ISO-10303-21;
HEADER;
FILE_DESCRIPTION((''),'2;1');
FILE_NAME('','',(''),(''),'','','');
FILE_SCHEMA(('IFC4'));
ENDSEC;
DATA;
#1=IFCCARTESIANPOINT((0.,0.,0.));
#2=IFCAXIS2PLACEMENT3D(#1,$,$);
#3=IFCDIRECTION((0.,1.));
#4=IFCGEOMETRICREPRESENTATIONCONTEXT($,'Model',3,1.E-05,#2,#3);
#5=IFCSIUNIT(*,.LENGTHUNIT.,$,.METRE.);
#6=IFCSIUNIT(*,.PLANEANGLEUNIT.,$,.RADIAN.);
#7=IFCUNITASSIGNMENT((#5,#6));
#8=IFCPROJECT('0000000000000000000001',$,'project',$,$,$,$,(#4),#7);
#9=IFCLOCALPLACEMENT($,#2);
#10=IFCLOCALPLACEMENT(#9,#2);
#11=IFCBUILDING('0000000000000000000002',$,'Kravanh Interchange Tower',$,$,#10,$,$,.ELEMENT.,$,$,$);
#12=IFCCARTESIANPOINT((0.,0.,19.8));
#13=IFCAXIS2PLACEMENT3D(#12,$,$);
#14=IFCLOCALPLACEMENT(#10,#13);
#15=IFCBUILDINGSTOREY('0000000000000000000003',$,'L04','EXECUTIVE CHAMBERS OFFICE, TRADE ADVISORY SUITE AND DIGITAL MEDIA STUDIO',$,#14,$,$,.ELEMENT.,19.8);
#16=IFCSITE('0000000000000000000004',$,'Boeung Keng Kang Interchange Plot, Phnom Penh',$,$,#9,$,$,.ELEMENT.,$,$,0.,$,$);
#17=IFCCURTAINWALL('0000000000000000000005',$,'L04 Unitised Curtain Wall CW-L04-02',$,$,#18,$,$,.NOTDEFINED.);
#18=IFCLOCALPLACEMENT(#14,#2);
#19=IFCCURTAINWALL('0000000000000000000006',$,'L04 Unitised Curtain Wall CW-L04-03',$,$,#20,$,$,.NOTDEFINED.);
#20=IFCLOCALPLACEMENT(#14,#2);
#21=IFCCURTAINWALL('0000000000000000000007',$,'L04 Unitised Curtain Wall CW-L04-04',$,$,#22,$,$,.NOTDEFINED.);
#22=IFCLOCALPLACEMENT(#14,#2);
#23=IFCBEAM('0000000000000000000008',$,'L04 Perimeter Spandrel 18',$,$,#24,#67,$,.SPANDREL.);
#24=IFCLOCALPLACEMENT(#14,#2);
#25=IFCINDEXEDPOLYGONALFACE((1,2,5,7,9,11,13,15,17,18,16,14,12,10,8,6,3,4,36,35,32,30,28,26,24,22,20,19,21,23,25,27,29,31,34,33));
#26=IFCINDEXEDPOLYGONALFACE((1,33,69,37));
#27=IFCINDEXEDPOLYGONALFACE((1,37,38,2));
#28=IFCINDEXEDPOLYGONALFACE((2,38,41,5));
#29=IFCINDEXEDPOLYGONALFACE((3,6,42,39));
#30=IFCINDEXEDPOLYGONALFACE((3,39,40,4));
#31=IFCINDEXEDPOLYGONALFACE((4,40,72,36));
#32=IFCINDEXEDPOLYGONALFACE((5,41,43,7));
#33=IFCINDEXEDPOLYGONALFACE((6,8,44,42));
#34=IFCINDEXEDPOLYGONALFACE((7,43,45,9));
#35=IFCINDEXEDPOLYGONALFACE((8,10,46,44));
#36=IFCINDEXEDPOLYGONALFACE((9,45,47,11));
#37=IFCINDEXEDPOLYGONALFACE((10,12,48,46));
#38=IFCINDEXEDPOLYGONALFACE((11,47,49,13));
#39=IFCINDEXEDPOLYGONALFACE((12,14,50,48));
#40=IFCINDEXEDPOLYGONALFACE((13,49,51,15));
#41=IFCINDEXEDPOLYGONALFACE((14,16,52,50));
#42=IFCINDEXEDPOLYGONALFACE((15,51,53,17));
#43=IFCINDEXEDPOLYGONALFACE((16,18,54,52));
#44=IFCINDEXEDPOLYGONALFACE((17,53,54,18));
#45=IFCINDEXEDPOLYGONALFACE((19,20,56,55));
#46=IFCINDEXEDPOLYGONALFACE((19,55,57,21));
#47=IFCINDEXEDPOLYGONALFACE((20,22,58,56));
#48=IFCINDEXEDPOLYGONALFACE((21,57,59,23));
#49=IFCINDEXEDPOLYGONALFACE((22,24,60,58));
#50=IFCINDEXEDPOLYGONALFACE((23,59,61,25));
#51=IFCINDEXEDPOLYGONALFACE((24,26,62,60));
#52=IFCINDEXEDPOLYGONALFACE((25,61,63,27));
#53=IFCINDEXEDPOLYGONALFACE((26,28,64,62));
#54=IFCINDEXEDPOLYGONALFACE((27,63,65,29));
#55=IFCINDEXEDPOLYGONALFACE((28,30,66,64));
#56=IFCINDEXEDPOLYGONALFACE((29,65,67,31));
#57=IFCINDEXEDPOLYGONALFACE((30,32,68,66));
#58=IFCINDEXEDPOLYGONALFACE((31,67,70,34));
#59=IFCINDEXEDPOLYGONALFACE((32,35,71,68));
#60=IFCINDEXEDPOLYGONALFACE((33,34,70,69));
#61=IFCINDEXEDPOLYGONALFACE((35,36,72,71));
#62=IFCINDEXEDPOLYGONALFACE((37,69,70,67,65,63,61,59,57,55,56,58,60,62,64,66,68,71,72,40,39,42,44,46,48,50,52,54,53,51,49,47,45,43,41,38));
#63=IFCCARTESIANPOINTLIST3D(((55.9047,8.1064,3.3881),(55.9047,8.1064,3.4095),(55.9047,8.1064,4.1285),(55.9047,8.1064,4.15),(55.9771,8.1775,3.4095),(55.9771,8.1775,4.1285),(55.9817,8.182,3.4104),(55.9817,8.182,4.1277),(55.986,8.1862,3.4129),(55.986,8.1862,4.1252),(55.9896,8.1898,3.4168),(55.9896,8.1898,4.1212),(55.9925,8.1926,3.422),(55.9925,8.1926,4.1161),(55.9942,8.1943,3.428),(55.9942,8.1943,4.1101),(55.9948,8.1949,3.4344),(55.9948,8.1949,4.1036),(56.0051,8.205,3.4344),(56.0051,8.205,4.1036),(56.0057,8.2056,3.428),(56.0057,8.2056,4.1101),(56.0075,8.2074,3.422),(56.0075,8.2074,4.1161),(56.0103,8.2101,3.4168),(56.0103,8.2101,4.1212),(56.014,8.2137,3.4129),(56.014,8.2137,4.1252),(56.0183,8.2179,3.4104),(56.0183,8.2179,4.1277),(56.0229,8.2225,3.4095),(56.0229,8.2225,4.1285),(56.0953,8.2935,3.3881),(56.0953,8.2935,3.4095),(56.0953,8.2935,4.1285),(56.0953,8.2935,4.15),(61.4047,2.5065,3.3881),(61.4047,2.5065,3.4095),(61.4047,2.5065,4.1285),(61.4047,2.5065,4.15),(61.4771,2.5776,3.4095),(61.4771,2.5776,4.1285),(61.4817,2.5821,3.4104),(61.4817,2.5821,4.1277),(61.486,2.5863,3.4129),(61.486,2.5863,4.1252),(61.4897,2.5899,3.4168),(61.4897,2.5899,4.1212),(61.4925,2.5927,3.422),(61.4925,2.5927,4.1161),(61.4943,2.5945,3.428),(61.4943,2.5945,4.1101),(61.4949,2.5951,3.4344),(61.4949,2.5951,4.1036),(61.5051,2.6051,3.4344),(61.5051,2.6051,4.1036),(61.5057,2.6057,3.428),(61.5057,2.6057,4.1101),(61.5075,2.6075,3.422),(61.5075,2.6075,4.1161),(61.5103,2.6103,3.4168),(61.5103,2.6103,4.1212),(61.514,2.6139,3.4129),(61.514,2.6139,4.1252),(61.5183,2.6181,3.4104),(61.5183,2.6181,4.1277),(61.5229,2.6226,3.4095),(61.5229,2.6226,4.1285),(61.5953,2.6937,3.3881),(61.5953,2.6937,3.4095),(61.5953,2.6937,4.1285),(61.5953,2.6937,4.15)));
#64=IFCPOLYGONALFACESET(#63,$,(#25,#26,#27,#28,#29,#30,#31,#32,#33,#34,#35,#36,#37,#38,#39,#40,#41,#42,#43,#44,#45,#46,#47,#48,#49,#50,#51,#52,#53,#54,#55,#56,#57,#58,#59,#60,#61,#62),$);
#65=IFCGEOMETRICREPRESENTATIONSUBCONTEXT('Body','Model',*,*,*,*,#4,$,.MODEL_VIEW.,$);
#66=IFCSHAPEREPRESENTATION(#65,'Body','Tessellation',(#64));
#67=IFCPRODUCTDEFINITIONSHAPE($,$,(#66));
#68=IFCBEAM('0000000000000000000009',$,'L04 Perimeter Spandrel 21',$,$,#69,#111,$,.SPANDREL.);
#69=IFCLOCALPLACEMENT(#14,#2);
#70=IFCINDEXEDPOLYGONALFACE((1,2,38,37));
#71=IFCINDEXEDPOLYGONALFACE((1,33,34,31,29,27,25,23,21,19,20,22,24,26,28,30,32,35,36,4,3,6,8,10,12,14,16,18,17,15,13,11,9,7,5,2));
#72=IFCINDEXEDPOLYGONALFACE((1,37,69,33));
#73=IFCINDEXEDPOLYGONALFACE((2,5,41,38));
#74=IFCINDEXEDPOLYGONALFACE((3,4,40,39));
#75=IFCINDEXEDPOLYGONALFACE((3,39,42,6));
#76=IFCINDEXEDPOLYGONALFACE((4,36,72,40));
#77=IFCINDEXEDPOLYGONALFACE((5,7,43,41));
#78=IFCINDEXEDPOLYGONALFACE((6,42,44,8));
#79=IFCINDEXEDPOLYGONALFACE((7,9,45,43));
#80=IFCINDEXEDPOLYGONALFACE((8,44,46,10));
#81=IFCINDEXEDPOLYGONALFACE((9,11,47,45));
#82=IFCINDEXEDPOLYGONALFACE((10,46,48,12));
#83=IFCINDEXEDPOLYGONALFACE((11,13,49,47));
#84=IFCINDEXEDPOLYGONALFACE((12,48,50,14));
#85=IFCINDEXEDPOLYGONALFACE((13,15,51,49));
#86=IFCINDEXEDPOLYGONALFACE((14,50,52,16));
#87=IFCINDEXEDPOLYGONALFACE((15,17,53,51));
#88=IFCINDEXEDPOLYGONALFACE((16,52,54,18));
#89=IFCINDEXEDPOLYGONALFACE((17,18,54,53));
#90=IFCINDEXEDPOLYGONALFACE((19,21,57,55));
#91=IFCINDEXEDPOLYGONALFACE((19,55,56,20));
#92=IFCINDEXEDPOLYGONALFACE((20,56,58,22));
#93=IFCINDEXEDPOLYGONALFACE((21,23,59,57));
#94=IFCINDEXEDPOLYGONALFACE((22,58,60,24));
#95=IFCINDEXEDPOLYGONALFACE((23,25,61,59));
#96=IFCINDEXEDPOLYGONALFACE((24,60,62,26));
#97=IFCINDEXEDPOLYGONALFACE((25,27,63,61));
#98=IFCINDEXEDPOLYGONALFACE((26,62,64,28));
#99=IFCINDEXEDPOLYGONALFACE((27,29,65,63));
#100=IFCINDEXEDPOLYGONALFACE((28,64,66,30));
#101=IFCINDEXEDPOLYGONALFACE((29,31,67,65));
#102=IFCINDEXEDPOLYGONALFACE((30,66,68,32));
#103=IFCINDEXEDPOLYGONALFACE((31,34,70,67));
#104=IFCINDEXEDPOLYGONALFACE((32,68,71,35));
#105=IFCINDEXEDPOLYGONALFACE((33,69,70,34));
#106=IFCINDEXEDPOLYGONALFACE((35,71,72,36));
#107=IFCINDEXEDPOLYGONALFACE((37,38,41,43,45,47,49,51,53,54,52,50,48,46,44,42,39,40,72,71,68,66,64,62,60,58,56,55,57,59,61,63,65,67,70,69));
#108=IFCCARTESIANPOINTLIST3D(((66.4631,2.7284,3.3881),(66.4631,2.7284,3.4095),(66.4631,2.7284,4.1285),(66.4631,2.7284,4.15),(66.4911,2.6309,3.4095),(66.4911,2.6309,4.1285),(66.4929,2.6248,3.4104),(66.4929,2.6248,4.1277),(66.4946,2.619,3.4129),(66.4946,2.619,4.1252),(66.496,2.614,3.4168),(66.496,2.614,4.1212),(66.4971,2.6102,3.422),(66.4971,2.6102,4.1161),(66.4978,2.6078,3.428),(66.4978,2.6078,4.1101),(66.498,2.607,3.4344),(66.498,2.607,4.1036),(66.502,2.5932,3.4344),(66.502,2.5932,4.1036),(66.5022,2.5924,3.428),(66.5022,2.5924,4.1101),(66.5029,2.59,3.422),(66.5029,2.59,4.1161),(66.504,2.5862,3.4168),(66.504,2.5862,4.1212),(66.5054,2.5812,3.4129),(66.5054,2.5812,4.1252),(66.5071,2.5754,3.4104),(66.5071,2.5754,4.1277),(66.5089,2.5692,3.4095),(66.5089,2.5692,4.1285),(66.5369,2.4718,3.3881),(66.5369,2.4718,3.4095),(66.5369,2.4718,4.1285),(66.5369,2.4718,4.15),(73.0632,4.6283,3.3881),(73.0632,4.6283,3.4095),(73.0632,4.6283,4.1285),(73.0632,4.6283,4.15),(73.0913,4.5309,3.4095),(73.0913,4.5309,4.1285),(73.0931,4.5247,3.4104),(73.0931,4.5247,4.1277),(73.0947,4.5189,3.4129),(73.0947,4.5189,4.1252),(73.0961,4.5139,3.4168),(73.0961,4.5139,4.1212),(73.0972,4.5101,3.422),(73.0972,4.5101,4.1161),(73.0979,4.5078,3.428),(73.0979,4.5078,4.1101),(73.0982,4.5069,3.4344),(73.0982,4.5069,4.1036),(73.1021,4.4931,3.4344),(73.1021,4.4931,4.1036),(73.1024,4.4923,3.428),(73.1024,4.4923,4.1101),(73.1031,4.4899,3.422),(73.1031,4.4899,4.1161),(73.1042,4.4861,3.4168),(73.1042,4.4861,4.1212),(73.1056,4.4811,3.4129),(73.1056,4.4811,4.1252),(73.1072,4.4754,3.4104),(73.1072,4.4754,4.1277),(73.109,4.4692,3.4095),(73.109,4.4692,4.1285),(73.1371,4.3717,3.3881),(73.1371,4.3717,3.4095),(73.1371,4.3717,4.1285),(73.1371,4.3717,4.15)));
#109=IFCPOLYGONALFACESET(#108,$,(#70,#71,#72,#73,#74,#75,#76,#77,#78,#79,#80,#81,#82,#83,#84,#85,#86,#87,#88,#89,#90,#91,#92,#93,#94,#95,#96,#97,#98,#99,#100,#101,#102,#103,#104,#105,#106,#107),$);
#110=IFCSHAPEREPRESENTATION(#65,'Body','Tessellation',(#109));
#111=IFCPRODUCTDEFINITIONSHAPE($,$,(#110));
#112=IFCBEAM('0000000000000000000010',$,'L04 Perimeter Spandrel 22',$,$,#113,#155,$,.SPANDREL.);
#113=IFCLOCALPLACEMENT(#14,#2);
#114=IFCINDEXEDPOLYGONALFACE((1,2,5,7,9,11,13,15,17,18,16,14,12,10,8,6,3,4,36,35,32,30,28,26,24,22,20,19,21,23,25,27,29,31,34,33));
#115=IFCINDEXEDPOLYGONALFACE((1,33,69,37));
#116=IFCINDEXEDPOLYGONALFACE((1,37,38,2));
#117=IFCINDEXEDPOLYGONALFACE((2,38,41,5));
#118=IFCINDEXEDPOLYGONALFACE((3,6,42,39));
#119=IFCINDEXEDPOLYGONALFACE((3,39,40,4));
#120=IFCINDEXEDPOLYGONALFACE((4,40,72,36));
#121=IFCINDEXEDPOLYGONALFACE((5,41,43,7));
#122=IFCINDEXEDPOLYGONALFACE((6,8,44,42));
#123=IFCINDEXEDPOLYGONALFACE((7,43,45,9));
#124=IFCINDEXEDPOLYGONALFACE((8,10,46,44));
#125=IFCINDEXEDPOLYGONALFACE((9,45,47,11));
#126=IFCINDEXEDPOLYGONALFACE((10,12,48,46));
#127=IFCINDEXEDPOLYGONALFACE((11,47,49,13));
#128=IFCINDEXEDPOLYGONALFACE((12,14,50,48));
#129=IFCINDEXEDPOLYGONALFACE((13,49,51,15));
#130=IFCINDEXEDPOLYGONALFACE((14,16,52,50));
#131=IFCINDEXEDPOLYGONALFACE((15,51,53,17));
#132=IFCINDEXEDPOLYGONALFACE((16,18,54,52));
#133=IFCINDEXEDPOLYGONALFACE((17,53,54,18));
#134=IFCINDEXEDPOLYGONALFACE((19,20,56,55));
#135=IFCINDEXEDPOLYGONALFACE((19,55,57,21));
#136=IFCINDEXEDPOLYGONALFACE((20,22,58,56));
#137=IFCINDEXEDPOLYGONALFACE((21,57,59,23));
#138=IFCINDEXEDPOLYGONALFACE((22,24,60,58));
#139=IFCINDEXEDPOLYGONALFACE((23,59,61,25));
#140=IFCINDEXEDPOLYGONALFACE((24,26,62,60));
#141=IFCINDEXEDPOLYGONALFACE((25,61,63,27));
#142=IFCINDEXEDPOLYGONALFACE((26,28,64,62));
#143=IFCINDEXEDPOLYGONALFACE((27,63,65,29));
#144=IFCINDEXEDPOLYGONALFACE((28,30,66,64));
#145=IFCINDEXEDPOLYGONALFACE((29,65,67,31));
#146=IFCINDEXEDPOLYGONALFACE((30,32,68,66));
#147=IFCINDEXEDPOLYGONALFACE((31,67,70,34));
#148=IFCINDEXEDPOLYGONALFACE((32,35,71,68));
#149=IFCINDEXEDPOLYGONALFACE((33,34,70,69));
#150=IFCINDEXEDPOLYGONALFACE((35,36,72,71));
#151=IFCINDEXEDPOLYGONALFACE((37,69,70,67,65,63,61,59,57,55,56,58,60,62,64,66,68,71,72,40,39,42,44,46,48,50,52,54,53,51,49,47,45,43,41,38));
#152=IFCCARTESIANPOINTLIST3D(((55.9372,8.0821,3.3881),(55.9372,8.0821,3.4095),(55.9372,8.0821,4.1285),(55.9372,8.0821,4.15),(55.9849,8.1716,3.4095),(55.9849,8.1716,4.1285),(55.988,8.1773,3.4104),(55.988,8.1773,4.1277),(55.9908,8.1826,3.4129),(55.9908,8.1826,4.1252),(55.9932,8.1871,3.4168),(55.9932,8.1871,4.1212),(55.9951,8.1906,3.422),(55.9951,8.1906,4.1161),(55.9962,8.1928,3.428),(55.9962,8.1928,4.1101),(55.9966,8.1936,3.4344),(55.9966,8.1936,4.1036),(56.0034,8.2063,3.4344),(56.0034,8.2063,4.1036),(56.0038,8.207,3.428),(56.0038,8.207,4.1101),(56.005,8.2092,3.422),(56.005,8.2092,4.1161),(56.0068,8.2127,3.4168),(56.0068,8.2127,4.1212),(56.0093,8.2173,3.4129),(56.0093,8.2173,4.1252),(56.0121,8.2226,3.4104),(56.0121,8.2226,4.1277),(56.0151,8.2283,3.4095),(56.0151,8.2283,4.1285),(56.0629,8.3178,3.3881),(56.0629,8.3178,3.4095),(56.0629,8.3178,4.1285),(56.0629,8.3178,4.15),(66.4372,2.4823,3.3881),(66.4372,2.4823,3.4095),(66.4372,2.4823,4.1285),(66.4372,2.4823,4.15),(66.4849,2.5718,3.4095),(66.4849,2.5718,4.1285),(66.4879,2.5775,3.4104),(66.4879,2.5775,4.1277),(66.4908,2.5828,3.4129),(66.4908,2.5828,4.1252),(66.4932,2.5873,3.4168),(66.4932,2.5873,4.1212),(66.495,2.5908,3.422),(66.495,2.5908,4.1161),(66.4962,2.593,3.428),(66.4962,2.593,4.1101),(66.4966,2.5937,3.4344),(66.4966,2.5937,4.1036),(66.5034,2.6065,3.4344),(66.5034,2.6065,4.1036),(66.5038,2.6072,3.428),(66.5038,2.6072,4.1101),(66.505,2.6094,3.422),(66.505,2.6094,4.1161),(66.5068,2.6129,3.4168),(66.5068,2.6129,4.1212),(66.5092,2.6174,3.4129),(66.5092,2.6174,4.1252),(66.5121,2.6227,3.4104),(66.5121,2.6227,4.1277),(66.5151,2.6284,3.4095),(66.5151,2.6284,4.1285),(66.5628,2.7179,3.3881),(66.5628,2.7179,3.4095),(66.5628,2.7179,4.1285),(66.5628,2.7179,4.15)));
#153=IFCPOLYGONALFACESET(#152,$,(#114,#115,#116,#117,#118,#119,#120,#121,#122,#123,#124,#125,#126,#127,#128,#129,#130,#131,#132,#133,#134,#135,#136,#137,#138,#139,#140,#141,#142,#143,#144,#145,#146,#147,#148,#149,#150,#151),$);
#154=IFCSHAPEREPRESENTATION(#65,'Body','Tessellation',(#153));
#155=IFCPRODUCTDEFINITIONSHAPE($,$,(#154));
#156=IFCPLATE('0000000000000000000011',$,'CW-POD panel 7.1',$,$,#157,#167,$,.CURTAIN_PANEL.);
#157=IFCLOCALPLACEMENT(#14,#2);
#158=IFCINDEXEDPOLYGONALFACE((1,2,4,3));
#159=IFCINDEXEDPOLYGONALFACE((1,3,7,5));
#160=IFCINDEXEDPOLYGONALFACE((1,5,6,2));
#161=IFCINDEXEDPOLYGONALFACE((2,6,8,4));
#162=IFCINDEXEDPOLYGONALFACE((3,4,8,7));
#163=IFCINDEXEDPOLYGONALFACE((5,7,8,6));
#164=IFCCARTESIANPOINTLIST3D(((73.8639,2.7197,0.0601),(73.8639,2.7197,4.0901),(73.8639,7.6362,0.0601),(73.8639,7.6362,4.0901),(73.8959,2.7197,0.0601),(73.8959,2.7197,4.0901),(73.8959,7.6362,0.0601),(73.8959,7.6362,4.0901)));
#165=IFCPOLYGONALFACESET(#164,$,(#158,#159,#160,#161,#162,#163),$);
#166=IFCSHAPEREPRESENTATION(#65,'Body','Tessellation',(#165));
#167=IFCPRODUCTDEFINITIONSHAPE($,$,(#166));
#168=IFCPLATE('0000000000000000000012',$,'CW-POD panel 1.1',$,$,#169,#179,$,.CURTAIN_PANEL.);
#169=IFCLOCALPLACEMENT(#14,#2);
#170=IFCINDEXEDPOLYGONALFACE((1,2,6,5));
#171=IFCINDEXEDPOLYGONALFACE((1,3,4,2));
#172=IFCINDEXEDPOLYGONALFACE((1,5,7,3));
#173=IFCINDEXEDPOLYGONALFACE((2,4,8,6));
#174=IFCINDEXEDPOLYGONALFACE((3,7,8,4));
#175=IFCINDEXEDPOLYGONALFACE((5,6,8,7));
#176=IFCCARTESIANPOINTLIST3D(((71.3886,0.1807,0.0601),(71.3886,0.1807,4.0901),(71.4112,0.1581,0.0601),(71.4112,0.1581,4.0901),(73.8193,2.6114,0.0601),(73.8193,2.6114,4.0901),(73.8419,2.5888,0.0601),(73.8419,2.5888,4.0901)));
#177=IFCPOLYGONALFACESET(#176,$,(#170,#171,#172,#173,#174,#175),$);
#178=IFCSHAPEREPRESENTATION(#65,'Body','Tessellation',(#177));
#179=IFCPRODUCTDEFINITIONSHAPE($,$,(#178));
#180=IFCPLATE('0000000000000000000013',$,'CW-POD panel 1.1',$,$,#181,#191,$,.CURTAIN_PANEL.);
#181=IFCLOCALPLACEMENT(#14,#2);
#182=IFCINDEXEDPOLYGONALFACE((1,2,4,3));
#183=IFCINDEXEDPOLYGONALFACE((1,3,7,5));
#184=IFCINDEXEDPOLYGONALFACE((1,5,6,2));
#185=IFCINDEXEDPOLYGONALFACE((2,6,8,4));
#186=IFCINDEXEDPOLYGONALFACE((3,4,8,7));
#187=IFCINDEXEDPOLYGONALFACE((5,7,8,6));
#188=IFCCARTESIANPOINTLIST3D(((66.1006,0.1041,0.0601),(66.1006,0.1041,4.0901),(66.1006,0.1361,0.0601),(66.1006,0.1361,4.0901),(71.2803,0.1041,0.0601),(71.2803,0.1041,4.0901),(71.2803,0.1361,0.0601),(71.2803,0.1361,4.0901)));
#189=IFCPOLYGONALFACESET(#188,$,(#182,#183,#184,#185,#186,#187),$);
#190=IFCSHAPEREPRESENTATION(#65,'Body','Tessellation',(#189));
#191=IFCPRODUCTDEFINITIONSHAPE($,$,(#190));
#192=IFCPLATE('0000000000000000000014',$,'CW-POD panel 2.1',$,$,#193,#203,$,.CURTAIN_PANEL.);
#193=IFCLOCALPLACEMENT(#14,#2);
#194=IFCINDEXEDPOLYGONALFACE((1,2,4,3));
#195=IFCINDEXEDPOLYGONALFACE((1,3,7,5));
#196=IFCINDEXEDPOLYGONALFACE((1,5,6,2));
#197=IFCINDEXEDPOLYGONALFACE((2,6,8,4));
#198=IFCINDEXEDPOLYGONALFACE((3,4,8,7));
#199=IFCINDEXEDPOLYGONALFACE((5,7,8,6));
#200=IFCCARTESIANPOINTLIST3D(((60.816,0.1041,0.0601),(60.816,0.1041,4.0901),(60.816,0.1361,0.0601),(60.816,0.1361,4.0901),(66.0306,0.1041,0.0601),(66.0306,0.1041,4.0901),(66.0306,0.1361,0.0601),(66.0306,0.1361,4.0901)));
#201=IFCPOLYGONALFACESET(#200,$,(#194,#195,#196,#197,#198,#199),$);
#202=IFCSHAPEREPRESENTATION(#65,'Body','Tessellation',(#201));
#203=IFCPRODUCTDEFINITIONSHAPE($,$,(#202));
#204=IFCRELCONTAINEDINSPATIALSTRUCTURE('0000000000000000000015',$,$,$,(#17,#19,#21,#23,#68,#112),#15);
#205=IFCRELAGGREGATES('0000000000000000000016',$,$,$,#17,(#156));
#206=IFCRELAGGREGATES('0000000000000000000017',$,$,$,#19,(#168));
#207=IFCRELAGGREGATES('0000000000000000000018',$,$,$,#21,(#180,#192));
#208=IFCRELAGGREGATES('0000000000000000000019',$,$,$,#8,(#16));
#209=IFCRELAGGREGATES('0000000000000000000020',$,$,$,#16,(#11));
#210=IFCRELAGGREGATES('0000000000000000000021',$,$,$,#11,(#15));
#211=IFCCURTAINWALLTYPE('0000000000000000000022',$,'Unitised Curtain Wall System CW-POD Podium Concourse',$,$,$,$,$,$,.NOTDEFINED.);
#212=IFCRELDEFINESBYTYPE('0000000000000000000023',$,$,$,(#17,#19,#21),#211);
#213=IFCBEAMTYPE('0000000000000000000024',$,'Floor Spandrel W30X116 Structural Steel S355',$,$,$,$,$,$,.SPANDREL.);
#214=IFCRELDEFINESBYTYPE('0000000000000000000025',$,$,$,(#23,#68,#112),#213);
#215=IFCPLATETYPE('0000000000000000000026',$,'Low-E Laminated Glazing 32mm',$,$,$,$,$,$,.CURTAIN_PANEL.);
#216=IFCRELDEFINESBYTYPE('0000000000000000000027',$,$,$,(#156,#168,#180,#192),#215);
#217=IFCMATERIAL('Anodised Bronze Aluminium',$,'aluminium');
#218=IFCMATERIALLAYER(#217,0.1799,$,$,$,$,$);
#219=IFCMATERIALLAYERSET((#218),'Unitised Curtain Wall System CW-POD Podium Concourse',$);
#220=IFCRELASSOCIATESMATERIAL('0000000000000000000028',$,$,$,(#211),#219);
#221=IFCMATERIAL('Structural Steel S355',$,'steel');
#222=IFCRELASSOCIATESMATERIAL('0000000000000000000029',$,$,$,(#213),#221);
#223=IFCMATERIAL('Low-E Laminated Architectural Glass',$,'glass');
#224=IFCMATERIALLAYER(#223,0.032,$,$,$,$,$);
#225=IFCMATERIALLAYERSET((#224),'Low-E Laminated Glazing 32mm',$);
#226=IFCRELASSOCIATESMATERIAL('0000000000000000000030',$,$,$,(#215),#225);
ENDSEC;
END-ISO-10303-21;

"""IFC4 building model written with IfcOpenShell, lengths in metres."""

from ifc_helpers import new_model, si_unit, direction, frame, origin, origin_2d, place, context, subcontext, project, spatial, rectangle, i_section, extrude, material, layer, layer_set, material_profile, profile_set, type_object, element, aggregate, save


model = new_model("IFC4")

# Units and contexts
model_context = context("Model", 3, precision=1e-05, world=origin(), true_north=direction((0.0, 1.0)))
body_context = subcontext(model_context, "Body", "Model", "MODEL_VIEW")
ifc_project = project(units=[si_unit("LENGTHUNIT", "METRE"), si_unit("PLANEANGLEUNIT", "RADIAN")], contexts=[model_context])

# Site, building, storey
site_placement = place(None, origin())
site = spatial("IfcSite", under=ifc_project, at=site_placement, Name="Boeung Keng Kang Interchange Plot, Phnom Penh", CompositionType="ELEMENT", RefElevation=0.0)
building_placement = place(site_placement, origin())
building = spatial("IfcBuilding", under=site, at=building_placement, Name="Kravanh Interchange Tower", CompositionType="ELEMENT")
storey_placement = place(building_placement, frame((0.0, 0.0, 19.8)))
storey = spatial("IfcBuildingStorey", under=building, at=storey_placement, Name="L04", Description="EXECUTIVE CHAMBERS OFFICE, TRADE ADVISORY SUITE AND DIGITAL MEDIA STUDIO", CompositionType="ELEMENT", Elevation=19.8)

# Curtain wall
ifc_material_1 = material(Name="Anodised Bronze Aluminium", Category="aluminium")
ifc_layer_1 = layer(ifc_material_1, 0.1799)
ifc_layer_set_1 = layer_set([ifc_layer_1], Name="Unitised Curtain Wall System CW-POD Podium Concourse")
curtain_wall_type = type_object("IfcCurtainWallType", Name="Unitised Curtain Wall System CW-POD Podium Concourse", PredefinedType="NOTDEFINED", material=ifc_layer_set_1)
curtain_wall_1_placement = place(storey_placement, origin())
curtain_wall_1 = element("IfcCurtainWall", 1, at=curtain_wall_1_placement, inside=storey, type_object=curtain_wall_type, Name="L04 Unitised Curtain Wall CW-L04-02", PredefinedType="NOTDEFINED")

# Curtain walls
curtain_wall_2_placement = place(storey_placement, origin())
curtain_wall_2 = element("IfcCurtainWall", 2, at=curtain_wall_2_placement, inside=storey, type_object=curtain_wall_type, Name="L04 Unitised Curtain Wall CW-L04-03", PredefinedType="NOTDEFINED")
curtain_wall_3_placement = place(storey_placement, origin())
curtain_wall_3 = element("IfcCurtainWall", 3, at=curtain_wall_3_placement, inside=storey, type_object=curtain_wall_type, Name="L04 Unitised Curtain Wall CW-L04-04", PredefinedType="NOTDEFINED")

# Beams
ifc_material_2 = material(Name="Structural Steel S355", Category="steel")
ifc_material_profile_1 = material_profile(ifc_material_2, i_section(OverallWidth=0.2671, OverallDepth=0.762, WebThickness=0.0144, FlangeThickness=0.0215, FilletRadius=0.0249, at=origin_2d()), Name="W30X116")
ifc_profile_set_1 = profile_set([ifc_material_profile_1], Name="Structural Steel S355")
beam_type_1 = type_object("IfcBeamType", Name="Floor Spandrel W30X116 Structural Steel S355", PredefinedType="SPANDREL", material=ifc_profile_set_1)
beam_1_placement = place(storey_placement, frame((61.5, 2.6001, 3.769), z_axis=(-0.700717, 0.713439, 0.0), x_axis=(-0.713439, -0.700717, 0.0)))
element("IfcBeam", 4, at=beam_1_placement, inside=storey, type_object=beam_type_1, Name="L04 Perimeter Spandrel 18", PredefinedType="SPANDREL", context=body_context, shape_type="SweptSolid", body=[
    extrude(i_section(OverallWidth=0.2671, OverallDepth=0.762, WebThickness=0.0144, FlangeThickness=0.0215, FilletRadius=0.0249, at=origin_2d()), origin(), (0.0, 0.0, 1.0), 7.8491),
])
beam_2_placement = place(storey_placement, frame((66.5, 2.6001, 3.769), z_axis=(0.960977, 0.276627, 0.0), x_axis=(-0.276627, 0.960977, 0.0)))
element("IfcBeam", 5, at=beam_2_placement, inside=storey, type_object=beam_type_1, Name="L04 Perimeter Spandrel 21", PredefinedType="SPANDREL", context=body_context, shape_type="SweptSolid", body=[
    extrude(i_section(OverallWidth=0.2671, OverallDepth=0.762, WebThickness=0.0144, FlangeThickness=0.0215, FilletRadius=0.0249, at=origin_2d()), origin(), (0.0, 0.0, 1.0), 6.8682),
])
beam_3_placement = place(storey_placement, frame((66.5, 2.6001, 3.769), z_axis=(-0.882358, 0.470579, 0.0), x_axis=(-0.470579, -0.882358, 0.0)))
element("IfcBeam", 6, at=beam_3_placement, inside=storey, type_object=beam_type_1, Name="L04 Perimeter Spandrel 22", PredefinedType="SPANDREL", context=body_context, shape_type="SweptSolid", body=[
    extrude(i_section(OverallWidth=0.2671, OverallDepth=0.762, WebThickness=0.0144, FlangeThickness=0.0215, FilletRadius=0.0249, at=origin_2d()), origin(), (0.0, 0.0, 1.0), 11.8999),
])

# Plates
ifc_material_3 = material(Name="Low-E Laminated Architectural Glass", Category="glass")
ifc_layer_2 = layer(ifc_material_3, 0.032)
ifc_layer_set_2 = layer_set([ifc_layer_2], Name="Low-E Laminated Glazing 32mm")
plate_type = type_object("IfcPlateType", Name="Low-E Laminated Glazing 32mm", PredefinedType="CURTAIN_PANEL", material=ifc_layer_set_2)
plate_1_placement = place(storey_placement, frame((73.8799, 5.178, 0.0601), z_axis=(0.0, 0.0, 1.0), x_axis=(0.0, -1.0, 0.0)))
plate_1 = element("IfcPlate", 7, at=plate_1_placement, type_object=plate_type, Name="CW-POD panel 7.1", PredefinedType="CURTAIN_PANEL", context=body_context, shape_type="SweptSolid", body=[
    extrude(rectangle(XDim=4.9165, YDim=0.032, at=origin_2d()), origin(), (0.0, 0.0, 1.0), 4.03),
])
aggregate(curtain_wall_1, [plate_1])
plate_2_placement = place(storey_placement, frame((72.6152, 1.3848, 0.0601), z_axis=(0.0, 0.0, 1.0), x_axis=(-0.707107, -0.707107, 0.0)))
plate_2 = element("IfcPlate", 8, at=plate_2_placement, type_object=plate_type, Name="CW-POD panel 1.1", PredefinedType="CURTAIN_PANEL", context=body_context, shape_type="SweptSolid", body=[
    extrude(rectangle(XDim=3.4375, YDim=0.032, at=origin_2d()), origin(), (0.0, 0.0, 1.0), 4.03),
])
aggregate(curtain_wall_2, [plate_2])
plate_3_placement = place(storey_placement, frame((68.6904, 0.1201, 0.0601), z_axis=(0.0, 0.0, 1.0), x_axis=(-1.0, 0.0, 0.0)))
plate_3 = element("IfcPlate", 9, at=plate_3_placement, type_object=plate_type, Name="CW-POD panel 1.1", PredefinedType="CURTAIN_PANEL", context=body_context, shape_type="SweptSolid", body=[
    extrude(rectangle(XDim=5.1797, YDim=0.032, at=origin_2d()), origin(), (0.0, 0.0, 1.0), 4.03),
])
plate_4_placement = place(storey_placement, frame((63.4233, 0.1201, 0.0601), z_axis=(0.0, 0.0, 1.0), x_axis=(-1.0, 0.0, 0.0)))
plate_4 = element("IfcPlate", 10, at=plate_4_placement, type_object=plate_type, Name="CW-POD panel 2.1", PredefinedType="CURTAIN_PANEL", context=body_context, shape_type="SweptSolid", body=[
    extrude(rectangle(XDim=5.2146, YDim=0.032, at=origin_2d()), origin(), (0.0, 0.0, 1.0), 4.03),
])
aggregate(curtain_wall_3, [plate_3, plate_4])

save(model, "model.ifc")
